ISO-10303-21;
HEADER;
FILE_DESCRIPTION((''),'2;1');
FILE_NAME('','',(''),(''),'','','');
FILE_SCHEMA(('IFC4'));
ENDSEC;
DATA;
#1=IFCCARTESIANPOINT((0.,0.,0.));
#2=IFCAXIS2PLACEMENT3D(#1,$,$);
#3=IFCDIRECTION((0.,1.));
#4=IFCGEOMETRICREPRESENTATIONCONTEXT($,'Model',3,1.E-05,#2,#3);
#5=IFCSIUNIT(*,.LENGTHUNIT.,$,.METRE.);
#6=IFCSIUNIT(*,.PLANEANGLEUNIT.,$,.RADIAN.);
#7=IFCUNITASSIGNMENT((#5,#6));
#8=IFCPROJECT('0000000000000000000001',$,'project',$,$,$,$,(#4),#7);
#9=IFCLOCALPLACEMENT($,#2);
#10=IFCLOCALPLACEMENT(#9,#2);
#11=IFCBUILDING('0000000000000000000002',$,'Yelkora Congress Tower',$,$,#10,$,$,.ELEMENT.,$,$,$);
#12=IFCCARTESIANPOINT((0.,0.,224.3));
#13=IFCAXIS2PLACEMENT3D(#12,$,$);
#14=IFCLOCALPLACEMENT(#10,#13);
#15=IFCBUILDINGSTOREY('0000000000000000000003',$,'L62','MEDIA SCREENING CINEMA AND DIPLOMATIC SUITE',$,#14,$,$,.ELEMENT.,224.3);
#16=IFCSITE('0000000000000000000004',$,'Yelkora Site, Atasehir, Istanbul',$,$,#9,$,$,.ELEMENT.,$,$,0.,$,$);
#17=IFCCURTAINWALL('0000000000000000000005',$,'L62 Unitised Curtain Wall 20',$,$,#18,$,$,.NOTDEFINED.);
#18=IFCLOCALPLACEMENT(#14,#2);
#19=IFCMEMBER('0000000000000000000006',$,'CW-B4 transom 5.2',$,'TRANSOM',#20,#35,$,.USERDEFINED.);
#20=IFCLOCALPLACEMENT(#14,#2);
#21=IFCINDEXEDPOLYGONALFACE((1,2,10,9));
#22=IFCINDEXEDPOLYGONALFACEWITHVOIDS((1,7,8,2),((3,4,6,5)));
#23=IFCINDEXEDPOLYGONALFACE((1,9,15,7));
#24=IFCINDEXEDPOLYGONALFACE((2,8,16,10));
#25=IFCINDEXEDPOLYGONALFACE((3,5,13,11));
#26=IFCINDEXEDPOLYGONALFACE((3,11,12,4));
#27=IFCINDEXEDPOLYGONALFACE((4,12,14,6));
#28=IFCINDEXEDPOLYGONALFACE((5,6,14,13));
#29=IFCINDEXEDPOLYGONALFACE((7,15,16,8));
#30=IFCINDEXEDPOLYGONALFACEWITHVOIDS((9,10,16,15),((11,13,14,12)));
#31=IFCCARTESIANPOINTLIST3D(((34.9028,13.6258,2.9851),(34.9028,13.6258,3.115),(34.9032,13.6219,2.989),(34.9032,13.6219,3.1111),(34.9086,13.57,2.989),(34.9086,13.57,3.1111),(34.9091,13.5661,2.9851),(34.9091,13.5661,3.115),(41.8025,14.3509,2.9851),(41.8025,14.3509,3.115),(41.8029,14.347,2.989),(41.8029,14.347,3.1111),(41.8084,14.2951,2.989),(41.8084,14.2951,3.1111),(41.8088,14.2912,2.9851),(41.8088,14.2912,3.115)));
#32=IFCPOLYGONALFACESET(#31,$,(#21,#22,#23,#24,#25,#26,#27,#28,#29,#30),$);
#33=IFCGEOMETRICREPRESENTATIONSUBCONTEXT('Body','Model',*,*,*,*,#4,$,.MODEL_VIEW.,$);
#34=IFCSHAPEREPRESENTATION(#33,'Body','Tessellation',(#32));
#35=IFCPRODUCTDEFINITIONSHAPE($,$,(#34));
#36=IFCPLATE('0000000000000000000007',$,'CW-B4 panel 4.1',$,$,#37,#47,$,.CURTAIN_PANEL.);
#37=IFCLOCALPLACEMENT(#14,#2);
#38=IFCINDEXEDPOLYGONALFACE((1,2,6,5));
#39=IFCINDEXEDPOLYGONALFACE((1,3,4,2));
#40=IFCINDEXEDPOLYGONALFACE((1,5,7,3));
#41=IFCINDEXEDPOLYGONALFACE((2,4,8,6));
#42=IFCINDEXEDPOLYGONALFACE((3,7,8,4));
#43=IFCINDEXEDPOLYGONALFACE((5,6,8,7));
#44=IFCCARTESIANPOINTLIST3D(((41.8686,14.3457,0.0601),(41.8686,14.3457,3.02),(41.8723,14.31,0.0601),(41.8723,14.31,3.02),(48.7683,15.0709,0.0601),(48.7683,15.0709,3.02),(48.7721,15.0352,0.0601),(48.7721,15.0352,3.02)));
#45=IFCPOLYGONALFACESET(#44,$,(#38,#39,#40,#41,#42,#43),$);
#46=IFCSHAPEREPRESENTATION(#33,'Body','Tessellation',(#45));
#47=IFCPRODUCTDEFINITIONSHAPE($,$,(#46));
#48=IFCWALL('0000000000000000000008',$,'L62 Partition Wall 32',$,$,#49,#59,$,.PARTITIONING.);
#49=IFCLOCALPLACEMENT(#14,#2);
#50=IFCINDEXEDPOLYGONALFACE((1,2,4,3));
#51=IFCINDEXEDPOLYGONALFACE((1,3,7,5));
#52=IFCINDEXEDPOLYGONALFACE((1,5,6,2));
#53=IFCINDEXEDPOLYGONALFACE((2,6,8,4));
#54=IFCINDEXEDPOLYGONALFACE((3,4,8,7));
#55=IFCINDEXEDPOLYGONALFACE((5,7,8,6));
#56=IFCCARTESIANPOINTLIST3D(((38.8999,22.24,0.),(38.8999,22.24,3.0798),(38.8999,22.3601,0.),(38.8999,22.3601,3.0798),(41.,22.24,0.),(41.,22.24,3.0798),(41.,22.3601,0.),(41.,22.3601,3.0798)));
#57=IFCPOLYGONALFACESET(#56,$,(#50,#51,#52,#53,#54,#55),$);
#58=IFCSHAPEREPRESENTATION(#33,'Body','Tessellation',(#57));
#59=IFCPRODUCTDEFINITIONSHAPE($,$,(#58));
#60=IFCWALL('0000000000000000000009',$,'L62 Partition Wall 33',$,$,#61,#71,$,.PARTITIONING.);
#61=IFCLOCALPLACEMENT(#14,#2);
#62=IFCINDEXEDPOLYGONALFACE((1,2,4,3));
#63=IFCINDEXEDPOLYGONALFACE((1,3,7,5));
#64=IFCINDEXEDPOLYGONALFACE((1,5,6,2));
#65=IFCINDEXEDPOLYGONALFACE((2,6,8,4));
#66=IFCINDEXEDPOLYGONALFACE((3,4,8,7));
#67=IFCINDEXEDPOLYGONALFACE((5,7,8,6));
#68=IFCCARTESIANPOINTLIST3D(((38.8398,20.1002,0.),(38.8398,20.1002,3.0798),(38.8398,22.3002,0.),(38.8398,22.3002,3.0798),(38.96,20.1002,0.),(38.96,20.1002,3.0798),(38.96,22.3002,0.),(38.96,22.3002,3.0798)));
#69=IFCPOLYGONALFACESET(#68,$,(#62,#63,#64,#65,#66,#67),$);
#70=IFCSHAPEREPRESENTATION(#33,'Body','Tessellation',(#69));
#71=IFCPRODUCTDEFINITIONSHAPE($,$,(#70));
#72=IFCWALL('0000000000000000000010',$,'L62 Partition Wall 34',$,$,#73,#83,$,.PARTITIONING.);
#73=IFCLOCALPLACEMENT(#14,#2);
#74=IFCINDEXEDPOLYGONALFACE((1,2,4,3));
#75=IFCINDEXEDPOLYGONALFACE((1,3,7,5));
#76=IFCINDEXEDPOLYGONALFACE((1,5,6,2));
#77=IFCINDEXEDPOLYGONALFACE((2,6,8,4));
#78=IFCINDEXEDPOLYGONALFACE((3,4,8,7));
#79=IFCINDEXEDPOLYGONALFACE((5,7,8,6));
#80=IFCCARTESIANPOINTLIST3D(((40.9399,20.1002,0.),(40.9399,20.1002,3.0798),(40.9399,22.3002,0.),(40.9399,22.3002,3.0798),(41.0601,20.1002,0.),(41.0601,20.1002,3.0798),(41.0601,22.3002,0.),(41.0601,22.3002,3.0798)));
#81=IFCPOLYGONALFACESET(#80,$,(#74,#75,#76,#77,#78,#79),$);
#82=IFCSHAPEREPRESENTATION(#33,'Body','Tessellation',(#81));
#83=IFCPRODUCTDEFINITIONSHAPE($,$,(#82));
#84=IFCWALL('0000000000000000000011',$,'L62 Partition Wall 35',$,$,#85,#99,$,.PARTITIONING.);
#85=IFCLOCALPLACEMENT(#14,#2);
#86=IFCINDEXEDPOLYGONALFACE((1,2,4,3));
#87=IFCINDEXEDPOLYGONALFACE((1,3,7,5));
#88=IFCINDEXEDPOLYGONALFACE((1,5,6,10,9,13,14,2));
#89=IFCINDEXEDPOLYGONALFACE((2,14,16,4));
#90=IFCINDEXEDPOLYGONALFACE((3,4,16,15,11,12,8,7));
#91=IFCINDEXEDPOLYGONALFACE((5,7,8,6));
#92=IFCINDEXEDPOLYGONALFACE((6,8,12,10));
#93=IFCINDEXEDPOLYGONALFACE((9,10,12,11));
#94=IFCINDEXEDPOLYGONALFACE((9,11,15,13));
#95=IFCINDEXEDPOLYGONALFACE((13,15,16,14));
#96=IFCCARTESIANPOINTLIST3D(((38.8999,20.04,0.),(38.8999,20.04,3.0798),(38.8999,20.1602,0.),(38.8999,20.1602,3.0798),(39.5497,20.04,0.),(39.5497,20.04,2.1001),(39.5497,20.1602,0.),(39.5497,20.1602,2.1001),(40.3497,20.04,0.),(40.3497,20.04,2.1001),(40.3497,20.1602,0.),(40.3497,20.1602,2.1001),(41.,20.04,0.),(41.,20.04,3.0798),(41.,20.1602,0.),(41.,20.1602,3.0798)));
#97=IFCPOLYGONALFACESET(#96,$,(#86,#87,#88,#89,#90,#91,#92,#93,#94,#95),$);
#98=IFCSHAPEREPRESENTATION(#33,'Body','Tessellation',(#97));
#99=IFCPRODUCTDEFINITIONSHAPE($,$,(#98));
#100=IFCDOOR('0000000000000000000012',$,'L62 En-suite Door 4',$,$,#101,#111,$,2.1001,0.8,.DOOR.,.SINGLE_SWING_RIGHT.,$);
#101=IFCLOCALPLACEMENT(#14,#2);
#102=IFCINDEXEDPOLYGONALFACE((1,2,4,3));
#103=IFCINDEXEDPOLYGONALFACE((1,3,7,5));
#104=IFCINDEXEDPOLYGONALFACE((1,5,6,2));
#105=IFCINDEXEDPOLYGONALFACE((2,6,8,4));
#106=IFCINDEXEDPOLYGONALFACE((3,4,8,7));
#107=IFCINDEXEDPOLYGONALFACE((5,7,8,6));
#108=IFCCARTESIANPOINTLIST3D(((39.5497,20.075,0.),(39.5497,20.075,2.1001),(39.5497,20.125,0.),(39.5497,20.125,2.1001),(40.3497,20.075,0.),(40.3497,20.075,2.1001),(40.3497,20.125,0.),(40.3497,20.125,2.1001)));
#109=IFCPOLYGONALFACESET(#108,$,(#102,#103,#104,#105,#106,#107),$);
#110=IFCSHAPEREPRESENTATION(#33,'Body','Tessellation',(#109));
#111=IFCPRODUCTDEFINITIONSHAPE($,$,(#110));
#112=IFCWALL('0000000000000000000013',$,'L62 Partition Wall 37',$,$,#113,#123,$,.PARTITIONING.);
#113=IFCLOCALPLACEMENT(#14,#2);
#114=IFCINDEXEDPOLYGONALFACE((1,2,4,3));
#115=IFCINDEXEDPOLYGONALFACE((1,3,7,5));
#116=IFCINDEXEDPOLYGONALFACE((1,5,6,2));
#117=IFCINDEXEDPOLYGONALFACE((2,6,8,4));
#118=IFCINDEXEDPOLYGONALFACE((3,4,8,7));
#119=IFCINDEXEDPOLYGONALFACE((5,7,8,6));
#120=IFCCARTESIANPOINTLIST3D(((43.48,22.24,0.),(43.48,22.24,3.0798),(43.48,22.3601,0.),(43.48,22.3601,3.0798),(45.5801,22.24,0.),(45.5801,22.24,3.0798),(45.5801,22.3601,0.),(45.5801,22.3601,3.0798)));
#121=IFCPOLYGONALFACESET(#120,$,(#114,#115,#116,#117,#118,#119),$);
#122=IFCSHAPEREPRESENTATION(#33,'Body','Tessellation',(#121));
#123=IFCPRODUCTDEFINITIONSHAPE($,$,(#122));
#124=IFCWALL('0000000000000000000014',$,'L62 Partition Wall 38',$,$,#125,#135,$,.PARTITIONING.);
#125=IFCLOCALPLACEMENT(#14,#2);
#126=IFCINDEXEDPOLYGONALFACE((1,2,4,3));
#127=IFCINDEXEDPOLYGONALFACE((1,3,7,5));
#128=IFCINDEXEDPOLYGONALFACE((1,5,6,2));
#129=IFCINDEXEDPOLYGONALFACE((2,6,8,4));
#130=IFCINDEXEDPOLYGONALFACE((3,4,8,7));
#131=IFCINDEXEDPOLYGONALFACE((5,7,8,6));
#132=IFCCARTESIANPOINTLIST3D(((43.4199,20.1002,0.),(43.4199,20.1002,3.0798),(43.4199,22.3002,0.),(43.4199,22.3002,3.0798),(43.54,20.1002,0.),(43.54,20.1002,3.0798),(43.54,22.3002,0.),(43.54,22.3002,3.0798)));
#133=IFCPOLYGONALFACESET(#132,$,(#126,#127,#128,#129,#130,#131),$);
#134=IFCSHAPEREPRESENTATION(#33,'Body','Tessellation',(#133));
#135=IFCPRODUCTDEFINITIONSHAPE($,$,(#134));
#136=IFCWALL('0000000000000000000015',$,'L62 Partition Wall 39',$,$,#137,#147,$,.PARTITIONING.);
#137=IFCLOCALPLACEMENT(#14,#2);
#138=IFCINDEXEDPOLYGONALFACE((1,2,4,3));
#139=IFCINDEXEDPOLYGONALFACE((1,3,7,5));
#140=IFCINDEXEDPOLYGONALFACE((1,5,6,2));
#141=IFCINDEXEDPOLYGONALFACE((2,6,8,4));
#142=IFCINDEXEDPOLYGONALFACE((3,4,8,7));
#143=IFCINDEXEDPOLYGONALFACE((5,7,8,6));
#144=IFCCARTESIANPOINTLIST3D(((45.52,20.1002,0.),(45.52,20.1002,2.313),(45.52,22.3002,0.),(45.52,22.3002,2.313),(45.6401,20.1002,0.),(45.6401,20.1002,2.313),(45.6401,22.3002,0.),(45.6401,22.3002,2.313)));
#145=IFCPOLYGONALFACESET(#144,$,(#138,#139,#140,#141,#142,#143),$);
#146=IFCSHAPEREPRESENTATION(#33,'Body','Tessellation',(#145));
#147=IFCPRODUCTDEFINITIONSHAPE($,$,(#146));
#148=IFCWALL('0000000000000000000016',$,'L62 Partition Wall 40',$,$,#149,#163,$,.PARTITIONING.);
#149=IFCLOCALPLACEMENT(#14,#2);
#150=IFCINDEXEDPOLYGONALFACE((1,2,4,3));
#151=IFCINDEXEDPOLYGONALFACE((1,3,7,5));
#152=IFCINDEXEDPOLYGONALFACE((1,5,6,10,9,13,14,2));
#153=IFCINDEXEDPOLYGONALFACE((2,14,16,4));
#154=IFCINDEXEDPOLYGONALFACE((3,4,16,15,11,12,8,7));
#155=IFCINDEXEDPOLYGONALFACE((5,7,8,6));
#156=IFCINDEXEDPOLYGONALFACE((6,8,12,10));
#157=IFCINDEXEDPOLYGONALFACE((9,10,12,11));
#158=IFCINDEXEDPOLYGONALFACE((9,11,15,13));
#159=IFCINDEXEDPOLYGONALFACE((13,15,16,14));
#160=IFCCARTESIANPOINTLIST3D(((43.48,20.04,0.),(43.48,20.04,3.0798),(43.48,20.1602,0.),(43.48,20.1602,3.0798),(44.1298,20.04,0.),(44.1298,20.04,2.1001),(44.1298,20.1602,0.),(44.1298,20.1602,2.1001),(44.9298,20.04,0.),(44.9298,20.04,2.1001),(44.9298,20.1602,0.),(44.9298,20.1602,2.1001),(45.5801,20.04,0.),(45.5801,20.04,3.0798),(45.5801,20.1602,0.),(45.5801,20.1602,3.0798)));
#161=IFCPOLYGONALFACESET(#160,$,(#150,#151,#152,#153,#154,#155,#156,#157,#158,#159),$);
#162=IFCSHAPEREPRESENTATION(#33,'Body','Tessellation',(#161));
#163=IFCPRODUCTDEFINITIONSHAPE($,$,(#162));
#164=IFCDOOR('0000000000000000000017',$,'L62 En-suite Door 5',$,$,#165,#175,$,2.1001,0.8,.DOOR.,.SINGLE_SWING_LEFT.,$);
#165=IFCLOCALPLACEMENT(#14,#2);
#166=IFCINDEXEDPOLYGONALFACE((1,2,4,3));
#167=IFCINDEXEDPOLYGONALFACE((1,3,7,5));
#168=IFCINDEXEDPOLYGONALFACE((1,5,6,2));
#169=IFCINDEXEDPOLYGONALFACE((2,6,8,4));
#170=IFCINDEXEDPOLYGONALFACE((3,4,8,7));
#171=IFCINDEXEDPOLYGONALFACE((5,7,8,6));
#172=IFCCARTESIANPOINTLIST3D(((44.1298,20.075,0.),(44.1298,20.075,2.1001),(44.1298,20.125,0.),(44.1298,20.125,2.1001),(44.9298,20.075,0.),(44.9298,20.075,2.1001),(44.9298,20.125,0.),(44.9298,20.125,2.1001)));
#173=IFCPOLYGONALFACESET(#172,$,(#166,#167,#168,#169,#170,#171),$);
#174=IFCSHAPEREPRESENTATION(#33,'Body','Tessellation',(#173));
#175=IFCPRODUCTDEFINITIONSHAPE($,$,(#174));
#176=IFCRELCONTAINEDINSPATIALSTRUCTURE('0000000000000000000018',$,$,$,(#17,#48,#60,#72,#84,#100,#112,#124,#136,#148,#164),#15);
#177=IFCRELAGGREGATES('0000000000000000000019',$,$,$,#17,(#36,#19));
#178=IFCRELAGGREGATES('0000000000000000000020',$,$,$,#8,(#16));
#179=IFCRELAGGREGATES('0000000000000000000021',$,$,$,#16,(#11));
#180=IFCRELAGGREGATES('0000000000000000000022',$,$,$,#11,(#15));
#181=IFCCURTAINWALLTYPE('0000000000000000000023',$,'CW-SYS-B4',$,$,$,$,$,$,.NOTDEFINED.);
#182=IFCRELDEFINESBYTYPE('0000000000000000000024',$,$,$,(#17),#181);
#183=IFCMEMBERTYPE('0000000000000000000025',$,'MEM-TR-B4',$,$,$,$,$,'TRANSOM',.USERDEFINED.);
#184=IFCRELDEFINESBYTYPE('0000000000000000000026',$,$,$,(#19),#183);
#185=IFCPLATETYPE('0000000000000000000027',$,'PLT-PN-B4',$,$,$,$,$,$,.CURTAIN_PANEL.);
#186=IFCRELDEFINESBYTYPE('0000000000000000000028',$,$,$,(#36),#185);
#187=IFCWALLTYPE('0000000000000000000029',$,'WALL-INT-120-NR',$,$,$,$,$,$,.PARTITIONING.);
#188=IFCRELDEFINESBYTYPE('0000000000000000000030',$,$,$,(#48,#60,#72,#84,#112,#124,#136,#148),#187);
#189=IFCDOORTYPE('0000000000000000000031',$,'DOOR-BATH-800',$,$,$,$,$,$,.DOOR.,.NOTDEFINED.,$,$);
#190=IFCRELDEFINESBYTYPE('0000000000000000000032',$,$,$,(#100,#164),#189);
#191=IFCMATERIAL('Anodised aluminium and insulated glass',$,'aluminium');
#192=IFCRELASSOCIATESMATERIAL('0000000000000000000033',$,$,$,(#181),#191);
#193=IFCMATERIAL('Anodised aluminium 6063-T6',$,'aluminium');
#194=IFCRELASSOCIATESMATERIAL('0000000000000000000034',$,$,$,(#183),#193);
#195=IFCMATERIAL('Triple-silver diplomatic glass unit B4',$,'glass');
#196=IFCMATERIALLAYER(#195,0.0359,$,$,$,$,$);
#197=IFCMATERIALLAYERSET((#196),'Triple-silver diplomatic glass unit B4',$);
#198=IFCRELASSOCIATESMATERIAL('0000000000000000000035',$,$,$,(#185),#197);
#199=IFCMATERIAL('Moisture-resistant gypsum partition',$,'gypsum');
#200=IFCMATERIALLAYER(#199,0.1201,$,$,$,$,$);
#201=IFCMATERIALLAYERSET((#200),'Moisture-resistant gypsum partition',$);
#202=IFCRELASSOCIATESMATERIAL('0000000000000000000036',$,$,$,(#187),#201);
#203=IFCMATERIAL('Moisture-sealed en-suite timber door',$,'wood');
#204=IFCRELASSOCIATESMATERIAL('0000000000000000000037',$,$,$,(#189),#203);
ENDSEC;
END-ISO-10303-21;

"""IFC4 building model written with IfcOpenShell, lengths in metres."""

from ifc_helpers import new_model, si_unit, direction, frame, frame_2d, origin, origin_2d, place, context, subcontext, project, spatial, rectangle, hollow_rectangle, extrude, material, layer, layer_set, material_profile, profile_set, type_object, element, fill, aggregate, save


model = new_model("IFC4")

# Units and contexts
model_context = context("Model", 3, precision=1e-05, world=origin(), true_north=direction((0.0, 1.0)))
body_context = subcontext(model_context, "Body", "Model", "MODEL_VIEW")
ifc_project = project(units=[si_unit("LENGTHUNIT", "METRE"), si_unit("PLANEANGLEUNIT", "RADIAN")], contexts=[model_context])

# Site, building, storey
site_placement = place(None, origin())
site = spatial("IfcSite", under=ifc_project, at=site_placement, Name="Yelkora Site, Atasehir, Istanbul", CompositionType="ELEMENT", RefElevation=0.0)
building_placement = place(site_placement, origin())
building = spatial("IfcBuilding", under=site, at=building_placement, Name="Yelkora Congress Tower", CompositionType="ELEMENT")
storey_placement = place(building_placement, frame((0.0, 0.0, 224.3)))
storey = spatial("IfcBuildingStorey", under=building, at=storey_placement, Name="L62", Description="MEDIA SCREENING CINEMA AND DIPLOMATIC SUITE", CompositionType="ELEMENT", Elevation=224.3)

# Curtain wall, member, plate
ifc_material_1 = material(Name="Anodised aluminium and insulated glass", Category="aluminium")
curtain_wall_type = type_object("IfcCurtainWallType", Name="CW-SYS-B4", PredefinedType="NOTDEFINED", material=ifc_material_1)
curtain_wall_placement = place(storey_placement, origin())
curtain_wall = element("IfcCurtainWall", 1, at=curtain_wall_placement, inside=storey, type_object=curtain_wall_type, Name="L62 Unitised Curtain Wall 20", PredefinedType="NOTDEFINED")
ifc_material_2 = material(Name="Anodised aluminium 6063-T6", Category="aluminium")
ifc_material_profile_1 = material_profile(ifc_material_2, hollow_rectangle(XDim=0.0601, YDim=0.1299, WallThickness=0.0039, at=origin_2d()), Name="ALU 60x130x4")
ifc_profile_set_1 = profile_set([ifc_material_profile_1], Name="Anodised aluminium 6063-T6")
member_type_1 = type_object("IfcMemberType", Name="MEM-TR-B4", ElementType="TRANSOM", PredefinedType="USERDEFINED", material=ifc_profile_set_1)
member_1_placement = place(storey_placement, frame((41.8057, 14.321, 3.05), z_axis=(-0.994523, -0.104516, 0.0), x_axis=(0.104516, -0.994523, 0.0)))
member_1 = element("IfcMember", 2, at=member_1_placement, type_object=member_type_1, Name="CW-B4 transom 5.2", ObjectType="TRANSOM", PredefinedType="USERDEFINED", context=body_context, shape_type="SweptSolid", body=[
    extrude(hollow_rectangle(XDim=0.0601, YDim=0.1299, WallThickness=0.0039, at=origin_2d()), origin(), (0.0, 0.0, 1.0), 6.9377),
])
ifc_material_3 = material(Name="Triple-silver diplomatic glass unit B4", Category="glass")
ifc_layer_1 = layer(ifc_material_3, 0.0359)
ifc_layer_set_1 = layer_set([ifc_layer_1], Name="Triple-silver diplomatic glass unit B4")
plate_type = type_object("IfcPlateType", Name="PLT-PN-B4", PredefinedType="CURTAIN_PANEL", material=ifc_layer_set_1)
plate_placement = place(storey_placement, frame((45.3203, 14.6904, 0.0601), z_axis=(0.0, 0.0, 1.0), x_axis=(-0.994522, -0.104527, 0.0)))
plate = element("IfcPlate", 3, at=plate_placement, type_object=plate_type, Name="CW-B4 panel 4.1", PredefinedType="CURTAIN_PANEL", context=body_context, shape_type="SweptSolid", body=[
    extrude(rectangle(XDim=6.9377, YDim=0.0359, at=origin_2d()), origin(), (0.0, 0.0, 1.0), 2.96),
])
aggregate(curtain_wall, [plate, member_1])

# Walls
ifc_material_4 = material(Name="Moisture-resistant gypsum partition", Category="gypsum")
ifc_layer_2 = layer(ifc_material_4, 0.1201)
ifc_layer_set_2 = layer_set([ifc_layer_2], Name="Moisture-resistant gypsum partition")
wall_type_1 = type_object("IfcWallType", Name="WALL-INT-120-NR", PredefinedType="PARTITIONING", material=ifc_layer_set_2)
wall_1_placement = place(storey_placement, frame((38.8999, 22.3, 0.0), z_axis=(0.0, 0.0, 1.0), x_axis=(1.0, 0.0, 0.0)))
element("IfcWall", 4, at=wall_1_placement, inside=storey, type_object=wall_type_1, Name="L62 Partition Wall 32", PredefinedType="PARTITIONING", context=body_context, shape_type="SweptSolid", body=[
    extrude(rectangle(XDim=2.1001, YDim=0.1201, at=frame_2d((1.05, 0.0))), origin(), (0.0, 0.0, 1.0), 3.0798),
])
for number, where, z_axis, x_axis, name in (
    (5, (38.8999, 20.1001, 0.0), (0.0, 0.0, 1.0), (0.0, 1.0, 0.0), "L62 Partition Wall 33"),
    (6, (41.0, 20.1001, 0.0), (0.0, 0.0, 1.0), (0.0, 1.0, 0.0), "L62 Partition Wall 34"),
):
    element("IfcWall", number, at=place(storey_placement, frame(where, z_axis=z_axis, x_axis=x_axis)), inside=storey, type_object=wall_type_1, Name=name, PredefinedType="PARTITIONING", context=body_context, shape_type="SweptSolid", body=[
        extrude(rectangle(XDim=2.2, YDim=0.1201, at=frame_2d((1.1001, 0.0))), origin(), (0.0, 0.0, 1.0), 3.0798),
    ])

# Wall, opening, door
wall_2_placement = place(storey_placement, frame((38.8999, 20.1001, 0.0), z_axis=(0.0, 0.0, 1.0), x_axis=(1.0, 0.0, 0.0)))
wall_2 = element("IfcWall", 7, at=wall_2_placement, inside=storey, type_object=wall_type_1, Name="L62 Partition Wall 35", PredefinedType="PARTITIONING", context=body_context, shape_type="SweptSolid", body=[
    extrude(rectangle(XDim=2.1001, YDim=0.1201, at=frame_2d((1.05, 0.0))), origin(), (0.0, 0.0, 1.0), 3.0798),
])
opening_1_placement = place(wall_2_placement, frame((0.6499, 0.0, 0.0)))
opening_1 = element("IfcOpeningElement", 8, at=opening_1_placement, cuts=wall_2, PredefinedType="OPENING", context=body_context, shape_type="SweptSolid", body=[
    extrude(rectangle(XDim=0.8, YDim=2.1001, at=frame_2d((0.3999, 1.05))), frame((0.0, 0.0701, 0.0), z_axis=(0.0, -1.0, 0.0), x_axis=(1.0, 0.0, 0.0)), (0.0, 0.0, 1.0), 0.1401),
])
ifc_material_5 = material(Name="Moisture-sealed en-suite timber door", Category="wood")
door_type = type_object("IfcDoorType", Name="DOOR-BATH-800", OperationType="NOTDEFINED", PredefinedType="DOOR", material=ifc_material_5)
door_1_placement = place(opening_1_placement, origin())
door_1 = element("IfcDoor", 9, at=door_1_placement, inside=storey, type_object=door_type, Name="L62 En-suite Door 4", OperationType="SINGLE_SWING_RIGHT", OverallHeight=2.1001, OverallWidth=0.8, PredefinedType="DOOR", context=body_context, shape_type="SweptSolid", body=[
    extrude(rectangle(XDim=0.8, YDim=2.1001, at=frame_2d((0.3999, 1.05))), frame((0.0, 0.0249, 0.0), z_axis=(0.0, -1.0, 0.0), x_axis=(1.0, 0.0, 0.0)), (0.0, 0.0, 1.0), 0.05),
])
fill(opening_1, door_1)

# Walls
wall_3_placement = place(storey_placement, frame((43.48, 22.3, 0.0), z_axis=(0.0, 0.0, 1.0), x_axis=(1.0, 0.0, 0.0)))
element("IfcWall", 10, at=wall_3_placement, inside=storey, type_object=wall_type_1, Name="L62 Partition Wall 37", PredefinedType="PARTITIONING", context=body_context, shape_type="SweptSolid", body=[
    extrude(rectangle(XDim=2.1001, YDim=0.1201, at=frame_2d((1.05, 0.0))), origin(), (0.0, 0.0, 1.0), 3.0798),
])
wall_4_placement = place(storey_placement, frame((43.48, 20.1001, 0.0), z_axis=(0.0, 0.0, 1.0), x_axis=(0.0, 1.0, 0.0)))
element("IfcWall", 11, at=wall_4_placement, inside=storey, type_object=wall_type_1, Name="L62 Partition Wall 38", PredefinedType="PARTITIONING", context=body_context, shape_type="SweptSolid", body=[
    extrude(rectangle(XDim=2.2, YDim=0.1201, at=frame_2d((1.1001, 0.0))), origin(), (0.0, 0.0, 1.0), 3.0798),
])
wall_5_placement = place(storey_placement, frame((45.5801, 20.1001, 0.0), z_axis=(0.0, 0.0, 1.0), x_axis=(0.0, 1.0, 0.0)))
element("IfcWall", 12, at=wall_5_placement, inside=storey, type_object=wall_type_1, Name="L62 Partition Wall 39", PredefinedType="PARTITIONING", context=body_context, shape_type="SweptSolid", body=[
    extrude(rectangle(XDim=2.2, YDim=0.1201, at=frame_2d((1.1001, 0.0))), origin(), (0.0, 0.0, 1.0), 2.313),
])

# Wall, opening, door
wall_6_placement = place(storey_placement, frame((43.48, 20.1001, 0.0), z_axis=(0.0, 0.0, 1.0), x_axis=(1.0, 0.0, 0.0)))
wall_6 = element("IfcWall", 13, at=wall_6_placement, inside=storey, type_object=wall_type_1, Name="L62 Partition Wall 40", PredefinedType="PARTITIONING", context=body_context, shape_type="SweptSolid", body=[
    extrude(rectangle(XDim=2.1001, YDim=0.1201, at=frame_2d((1.05, 0.0))), origin(), (0.0, 0.0, 1.0), 3.0798),
])
opening_2_placement = place(wall_6_placement, frame((0.6499, 0.0, 0.0)))
opening_2 = element("IfcOpeningElement", 14, at=opening_2_placement, cuts=wall_6, PredefinedType="OPENING", context=body_context, shape_type="SweptSolid", body=[
    extrude(rectangle(XDim=0.8, YDim=2.1001, at=frame_2d((0.3999, 1.05))), frame((0.0, 0.0701, 0.0), z_axis=(0.0, -1.0, 0.0), x_axis=(1.0, 0.0, 0.0)), (0.0, 0.0, 1.0), 0.1401),
])
door_2_placement = place(opening_2_placement, origin())
door_2 = element("IfcDoor", 15, at=door_2_placement, inside=storey, type_object=door_type, Name="L62 En-suite Door 5", OperationType="SINGLE_SWING_LEFT", OverallHeight=2.1001, OverallWidth=0.8, PredefinedType="DOOR", context=body_context, shape_type="SweptSolid", body=[
    extrude(rectangle(XDim=0.8, YDim=2.1001, at=frame_2d((0.3999, 1.05))), frame((0.0, 0.0249, 0.0), z_axis=(0.0, -1.0, 0.0), x_axis=(1.0, 0.0, 0.0)), (0.0, 0.0, 1.0), 0.05),
])
fill(opening_2, door_2)

save(model, "model.ifc")
